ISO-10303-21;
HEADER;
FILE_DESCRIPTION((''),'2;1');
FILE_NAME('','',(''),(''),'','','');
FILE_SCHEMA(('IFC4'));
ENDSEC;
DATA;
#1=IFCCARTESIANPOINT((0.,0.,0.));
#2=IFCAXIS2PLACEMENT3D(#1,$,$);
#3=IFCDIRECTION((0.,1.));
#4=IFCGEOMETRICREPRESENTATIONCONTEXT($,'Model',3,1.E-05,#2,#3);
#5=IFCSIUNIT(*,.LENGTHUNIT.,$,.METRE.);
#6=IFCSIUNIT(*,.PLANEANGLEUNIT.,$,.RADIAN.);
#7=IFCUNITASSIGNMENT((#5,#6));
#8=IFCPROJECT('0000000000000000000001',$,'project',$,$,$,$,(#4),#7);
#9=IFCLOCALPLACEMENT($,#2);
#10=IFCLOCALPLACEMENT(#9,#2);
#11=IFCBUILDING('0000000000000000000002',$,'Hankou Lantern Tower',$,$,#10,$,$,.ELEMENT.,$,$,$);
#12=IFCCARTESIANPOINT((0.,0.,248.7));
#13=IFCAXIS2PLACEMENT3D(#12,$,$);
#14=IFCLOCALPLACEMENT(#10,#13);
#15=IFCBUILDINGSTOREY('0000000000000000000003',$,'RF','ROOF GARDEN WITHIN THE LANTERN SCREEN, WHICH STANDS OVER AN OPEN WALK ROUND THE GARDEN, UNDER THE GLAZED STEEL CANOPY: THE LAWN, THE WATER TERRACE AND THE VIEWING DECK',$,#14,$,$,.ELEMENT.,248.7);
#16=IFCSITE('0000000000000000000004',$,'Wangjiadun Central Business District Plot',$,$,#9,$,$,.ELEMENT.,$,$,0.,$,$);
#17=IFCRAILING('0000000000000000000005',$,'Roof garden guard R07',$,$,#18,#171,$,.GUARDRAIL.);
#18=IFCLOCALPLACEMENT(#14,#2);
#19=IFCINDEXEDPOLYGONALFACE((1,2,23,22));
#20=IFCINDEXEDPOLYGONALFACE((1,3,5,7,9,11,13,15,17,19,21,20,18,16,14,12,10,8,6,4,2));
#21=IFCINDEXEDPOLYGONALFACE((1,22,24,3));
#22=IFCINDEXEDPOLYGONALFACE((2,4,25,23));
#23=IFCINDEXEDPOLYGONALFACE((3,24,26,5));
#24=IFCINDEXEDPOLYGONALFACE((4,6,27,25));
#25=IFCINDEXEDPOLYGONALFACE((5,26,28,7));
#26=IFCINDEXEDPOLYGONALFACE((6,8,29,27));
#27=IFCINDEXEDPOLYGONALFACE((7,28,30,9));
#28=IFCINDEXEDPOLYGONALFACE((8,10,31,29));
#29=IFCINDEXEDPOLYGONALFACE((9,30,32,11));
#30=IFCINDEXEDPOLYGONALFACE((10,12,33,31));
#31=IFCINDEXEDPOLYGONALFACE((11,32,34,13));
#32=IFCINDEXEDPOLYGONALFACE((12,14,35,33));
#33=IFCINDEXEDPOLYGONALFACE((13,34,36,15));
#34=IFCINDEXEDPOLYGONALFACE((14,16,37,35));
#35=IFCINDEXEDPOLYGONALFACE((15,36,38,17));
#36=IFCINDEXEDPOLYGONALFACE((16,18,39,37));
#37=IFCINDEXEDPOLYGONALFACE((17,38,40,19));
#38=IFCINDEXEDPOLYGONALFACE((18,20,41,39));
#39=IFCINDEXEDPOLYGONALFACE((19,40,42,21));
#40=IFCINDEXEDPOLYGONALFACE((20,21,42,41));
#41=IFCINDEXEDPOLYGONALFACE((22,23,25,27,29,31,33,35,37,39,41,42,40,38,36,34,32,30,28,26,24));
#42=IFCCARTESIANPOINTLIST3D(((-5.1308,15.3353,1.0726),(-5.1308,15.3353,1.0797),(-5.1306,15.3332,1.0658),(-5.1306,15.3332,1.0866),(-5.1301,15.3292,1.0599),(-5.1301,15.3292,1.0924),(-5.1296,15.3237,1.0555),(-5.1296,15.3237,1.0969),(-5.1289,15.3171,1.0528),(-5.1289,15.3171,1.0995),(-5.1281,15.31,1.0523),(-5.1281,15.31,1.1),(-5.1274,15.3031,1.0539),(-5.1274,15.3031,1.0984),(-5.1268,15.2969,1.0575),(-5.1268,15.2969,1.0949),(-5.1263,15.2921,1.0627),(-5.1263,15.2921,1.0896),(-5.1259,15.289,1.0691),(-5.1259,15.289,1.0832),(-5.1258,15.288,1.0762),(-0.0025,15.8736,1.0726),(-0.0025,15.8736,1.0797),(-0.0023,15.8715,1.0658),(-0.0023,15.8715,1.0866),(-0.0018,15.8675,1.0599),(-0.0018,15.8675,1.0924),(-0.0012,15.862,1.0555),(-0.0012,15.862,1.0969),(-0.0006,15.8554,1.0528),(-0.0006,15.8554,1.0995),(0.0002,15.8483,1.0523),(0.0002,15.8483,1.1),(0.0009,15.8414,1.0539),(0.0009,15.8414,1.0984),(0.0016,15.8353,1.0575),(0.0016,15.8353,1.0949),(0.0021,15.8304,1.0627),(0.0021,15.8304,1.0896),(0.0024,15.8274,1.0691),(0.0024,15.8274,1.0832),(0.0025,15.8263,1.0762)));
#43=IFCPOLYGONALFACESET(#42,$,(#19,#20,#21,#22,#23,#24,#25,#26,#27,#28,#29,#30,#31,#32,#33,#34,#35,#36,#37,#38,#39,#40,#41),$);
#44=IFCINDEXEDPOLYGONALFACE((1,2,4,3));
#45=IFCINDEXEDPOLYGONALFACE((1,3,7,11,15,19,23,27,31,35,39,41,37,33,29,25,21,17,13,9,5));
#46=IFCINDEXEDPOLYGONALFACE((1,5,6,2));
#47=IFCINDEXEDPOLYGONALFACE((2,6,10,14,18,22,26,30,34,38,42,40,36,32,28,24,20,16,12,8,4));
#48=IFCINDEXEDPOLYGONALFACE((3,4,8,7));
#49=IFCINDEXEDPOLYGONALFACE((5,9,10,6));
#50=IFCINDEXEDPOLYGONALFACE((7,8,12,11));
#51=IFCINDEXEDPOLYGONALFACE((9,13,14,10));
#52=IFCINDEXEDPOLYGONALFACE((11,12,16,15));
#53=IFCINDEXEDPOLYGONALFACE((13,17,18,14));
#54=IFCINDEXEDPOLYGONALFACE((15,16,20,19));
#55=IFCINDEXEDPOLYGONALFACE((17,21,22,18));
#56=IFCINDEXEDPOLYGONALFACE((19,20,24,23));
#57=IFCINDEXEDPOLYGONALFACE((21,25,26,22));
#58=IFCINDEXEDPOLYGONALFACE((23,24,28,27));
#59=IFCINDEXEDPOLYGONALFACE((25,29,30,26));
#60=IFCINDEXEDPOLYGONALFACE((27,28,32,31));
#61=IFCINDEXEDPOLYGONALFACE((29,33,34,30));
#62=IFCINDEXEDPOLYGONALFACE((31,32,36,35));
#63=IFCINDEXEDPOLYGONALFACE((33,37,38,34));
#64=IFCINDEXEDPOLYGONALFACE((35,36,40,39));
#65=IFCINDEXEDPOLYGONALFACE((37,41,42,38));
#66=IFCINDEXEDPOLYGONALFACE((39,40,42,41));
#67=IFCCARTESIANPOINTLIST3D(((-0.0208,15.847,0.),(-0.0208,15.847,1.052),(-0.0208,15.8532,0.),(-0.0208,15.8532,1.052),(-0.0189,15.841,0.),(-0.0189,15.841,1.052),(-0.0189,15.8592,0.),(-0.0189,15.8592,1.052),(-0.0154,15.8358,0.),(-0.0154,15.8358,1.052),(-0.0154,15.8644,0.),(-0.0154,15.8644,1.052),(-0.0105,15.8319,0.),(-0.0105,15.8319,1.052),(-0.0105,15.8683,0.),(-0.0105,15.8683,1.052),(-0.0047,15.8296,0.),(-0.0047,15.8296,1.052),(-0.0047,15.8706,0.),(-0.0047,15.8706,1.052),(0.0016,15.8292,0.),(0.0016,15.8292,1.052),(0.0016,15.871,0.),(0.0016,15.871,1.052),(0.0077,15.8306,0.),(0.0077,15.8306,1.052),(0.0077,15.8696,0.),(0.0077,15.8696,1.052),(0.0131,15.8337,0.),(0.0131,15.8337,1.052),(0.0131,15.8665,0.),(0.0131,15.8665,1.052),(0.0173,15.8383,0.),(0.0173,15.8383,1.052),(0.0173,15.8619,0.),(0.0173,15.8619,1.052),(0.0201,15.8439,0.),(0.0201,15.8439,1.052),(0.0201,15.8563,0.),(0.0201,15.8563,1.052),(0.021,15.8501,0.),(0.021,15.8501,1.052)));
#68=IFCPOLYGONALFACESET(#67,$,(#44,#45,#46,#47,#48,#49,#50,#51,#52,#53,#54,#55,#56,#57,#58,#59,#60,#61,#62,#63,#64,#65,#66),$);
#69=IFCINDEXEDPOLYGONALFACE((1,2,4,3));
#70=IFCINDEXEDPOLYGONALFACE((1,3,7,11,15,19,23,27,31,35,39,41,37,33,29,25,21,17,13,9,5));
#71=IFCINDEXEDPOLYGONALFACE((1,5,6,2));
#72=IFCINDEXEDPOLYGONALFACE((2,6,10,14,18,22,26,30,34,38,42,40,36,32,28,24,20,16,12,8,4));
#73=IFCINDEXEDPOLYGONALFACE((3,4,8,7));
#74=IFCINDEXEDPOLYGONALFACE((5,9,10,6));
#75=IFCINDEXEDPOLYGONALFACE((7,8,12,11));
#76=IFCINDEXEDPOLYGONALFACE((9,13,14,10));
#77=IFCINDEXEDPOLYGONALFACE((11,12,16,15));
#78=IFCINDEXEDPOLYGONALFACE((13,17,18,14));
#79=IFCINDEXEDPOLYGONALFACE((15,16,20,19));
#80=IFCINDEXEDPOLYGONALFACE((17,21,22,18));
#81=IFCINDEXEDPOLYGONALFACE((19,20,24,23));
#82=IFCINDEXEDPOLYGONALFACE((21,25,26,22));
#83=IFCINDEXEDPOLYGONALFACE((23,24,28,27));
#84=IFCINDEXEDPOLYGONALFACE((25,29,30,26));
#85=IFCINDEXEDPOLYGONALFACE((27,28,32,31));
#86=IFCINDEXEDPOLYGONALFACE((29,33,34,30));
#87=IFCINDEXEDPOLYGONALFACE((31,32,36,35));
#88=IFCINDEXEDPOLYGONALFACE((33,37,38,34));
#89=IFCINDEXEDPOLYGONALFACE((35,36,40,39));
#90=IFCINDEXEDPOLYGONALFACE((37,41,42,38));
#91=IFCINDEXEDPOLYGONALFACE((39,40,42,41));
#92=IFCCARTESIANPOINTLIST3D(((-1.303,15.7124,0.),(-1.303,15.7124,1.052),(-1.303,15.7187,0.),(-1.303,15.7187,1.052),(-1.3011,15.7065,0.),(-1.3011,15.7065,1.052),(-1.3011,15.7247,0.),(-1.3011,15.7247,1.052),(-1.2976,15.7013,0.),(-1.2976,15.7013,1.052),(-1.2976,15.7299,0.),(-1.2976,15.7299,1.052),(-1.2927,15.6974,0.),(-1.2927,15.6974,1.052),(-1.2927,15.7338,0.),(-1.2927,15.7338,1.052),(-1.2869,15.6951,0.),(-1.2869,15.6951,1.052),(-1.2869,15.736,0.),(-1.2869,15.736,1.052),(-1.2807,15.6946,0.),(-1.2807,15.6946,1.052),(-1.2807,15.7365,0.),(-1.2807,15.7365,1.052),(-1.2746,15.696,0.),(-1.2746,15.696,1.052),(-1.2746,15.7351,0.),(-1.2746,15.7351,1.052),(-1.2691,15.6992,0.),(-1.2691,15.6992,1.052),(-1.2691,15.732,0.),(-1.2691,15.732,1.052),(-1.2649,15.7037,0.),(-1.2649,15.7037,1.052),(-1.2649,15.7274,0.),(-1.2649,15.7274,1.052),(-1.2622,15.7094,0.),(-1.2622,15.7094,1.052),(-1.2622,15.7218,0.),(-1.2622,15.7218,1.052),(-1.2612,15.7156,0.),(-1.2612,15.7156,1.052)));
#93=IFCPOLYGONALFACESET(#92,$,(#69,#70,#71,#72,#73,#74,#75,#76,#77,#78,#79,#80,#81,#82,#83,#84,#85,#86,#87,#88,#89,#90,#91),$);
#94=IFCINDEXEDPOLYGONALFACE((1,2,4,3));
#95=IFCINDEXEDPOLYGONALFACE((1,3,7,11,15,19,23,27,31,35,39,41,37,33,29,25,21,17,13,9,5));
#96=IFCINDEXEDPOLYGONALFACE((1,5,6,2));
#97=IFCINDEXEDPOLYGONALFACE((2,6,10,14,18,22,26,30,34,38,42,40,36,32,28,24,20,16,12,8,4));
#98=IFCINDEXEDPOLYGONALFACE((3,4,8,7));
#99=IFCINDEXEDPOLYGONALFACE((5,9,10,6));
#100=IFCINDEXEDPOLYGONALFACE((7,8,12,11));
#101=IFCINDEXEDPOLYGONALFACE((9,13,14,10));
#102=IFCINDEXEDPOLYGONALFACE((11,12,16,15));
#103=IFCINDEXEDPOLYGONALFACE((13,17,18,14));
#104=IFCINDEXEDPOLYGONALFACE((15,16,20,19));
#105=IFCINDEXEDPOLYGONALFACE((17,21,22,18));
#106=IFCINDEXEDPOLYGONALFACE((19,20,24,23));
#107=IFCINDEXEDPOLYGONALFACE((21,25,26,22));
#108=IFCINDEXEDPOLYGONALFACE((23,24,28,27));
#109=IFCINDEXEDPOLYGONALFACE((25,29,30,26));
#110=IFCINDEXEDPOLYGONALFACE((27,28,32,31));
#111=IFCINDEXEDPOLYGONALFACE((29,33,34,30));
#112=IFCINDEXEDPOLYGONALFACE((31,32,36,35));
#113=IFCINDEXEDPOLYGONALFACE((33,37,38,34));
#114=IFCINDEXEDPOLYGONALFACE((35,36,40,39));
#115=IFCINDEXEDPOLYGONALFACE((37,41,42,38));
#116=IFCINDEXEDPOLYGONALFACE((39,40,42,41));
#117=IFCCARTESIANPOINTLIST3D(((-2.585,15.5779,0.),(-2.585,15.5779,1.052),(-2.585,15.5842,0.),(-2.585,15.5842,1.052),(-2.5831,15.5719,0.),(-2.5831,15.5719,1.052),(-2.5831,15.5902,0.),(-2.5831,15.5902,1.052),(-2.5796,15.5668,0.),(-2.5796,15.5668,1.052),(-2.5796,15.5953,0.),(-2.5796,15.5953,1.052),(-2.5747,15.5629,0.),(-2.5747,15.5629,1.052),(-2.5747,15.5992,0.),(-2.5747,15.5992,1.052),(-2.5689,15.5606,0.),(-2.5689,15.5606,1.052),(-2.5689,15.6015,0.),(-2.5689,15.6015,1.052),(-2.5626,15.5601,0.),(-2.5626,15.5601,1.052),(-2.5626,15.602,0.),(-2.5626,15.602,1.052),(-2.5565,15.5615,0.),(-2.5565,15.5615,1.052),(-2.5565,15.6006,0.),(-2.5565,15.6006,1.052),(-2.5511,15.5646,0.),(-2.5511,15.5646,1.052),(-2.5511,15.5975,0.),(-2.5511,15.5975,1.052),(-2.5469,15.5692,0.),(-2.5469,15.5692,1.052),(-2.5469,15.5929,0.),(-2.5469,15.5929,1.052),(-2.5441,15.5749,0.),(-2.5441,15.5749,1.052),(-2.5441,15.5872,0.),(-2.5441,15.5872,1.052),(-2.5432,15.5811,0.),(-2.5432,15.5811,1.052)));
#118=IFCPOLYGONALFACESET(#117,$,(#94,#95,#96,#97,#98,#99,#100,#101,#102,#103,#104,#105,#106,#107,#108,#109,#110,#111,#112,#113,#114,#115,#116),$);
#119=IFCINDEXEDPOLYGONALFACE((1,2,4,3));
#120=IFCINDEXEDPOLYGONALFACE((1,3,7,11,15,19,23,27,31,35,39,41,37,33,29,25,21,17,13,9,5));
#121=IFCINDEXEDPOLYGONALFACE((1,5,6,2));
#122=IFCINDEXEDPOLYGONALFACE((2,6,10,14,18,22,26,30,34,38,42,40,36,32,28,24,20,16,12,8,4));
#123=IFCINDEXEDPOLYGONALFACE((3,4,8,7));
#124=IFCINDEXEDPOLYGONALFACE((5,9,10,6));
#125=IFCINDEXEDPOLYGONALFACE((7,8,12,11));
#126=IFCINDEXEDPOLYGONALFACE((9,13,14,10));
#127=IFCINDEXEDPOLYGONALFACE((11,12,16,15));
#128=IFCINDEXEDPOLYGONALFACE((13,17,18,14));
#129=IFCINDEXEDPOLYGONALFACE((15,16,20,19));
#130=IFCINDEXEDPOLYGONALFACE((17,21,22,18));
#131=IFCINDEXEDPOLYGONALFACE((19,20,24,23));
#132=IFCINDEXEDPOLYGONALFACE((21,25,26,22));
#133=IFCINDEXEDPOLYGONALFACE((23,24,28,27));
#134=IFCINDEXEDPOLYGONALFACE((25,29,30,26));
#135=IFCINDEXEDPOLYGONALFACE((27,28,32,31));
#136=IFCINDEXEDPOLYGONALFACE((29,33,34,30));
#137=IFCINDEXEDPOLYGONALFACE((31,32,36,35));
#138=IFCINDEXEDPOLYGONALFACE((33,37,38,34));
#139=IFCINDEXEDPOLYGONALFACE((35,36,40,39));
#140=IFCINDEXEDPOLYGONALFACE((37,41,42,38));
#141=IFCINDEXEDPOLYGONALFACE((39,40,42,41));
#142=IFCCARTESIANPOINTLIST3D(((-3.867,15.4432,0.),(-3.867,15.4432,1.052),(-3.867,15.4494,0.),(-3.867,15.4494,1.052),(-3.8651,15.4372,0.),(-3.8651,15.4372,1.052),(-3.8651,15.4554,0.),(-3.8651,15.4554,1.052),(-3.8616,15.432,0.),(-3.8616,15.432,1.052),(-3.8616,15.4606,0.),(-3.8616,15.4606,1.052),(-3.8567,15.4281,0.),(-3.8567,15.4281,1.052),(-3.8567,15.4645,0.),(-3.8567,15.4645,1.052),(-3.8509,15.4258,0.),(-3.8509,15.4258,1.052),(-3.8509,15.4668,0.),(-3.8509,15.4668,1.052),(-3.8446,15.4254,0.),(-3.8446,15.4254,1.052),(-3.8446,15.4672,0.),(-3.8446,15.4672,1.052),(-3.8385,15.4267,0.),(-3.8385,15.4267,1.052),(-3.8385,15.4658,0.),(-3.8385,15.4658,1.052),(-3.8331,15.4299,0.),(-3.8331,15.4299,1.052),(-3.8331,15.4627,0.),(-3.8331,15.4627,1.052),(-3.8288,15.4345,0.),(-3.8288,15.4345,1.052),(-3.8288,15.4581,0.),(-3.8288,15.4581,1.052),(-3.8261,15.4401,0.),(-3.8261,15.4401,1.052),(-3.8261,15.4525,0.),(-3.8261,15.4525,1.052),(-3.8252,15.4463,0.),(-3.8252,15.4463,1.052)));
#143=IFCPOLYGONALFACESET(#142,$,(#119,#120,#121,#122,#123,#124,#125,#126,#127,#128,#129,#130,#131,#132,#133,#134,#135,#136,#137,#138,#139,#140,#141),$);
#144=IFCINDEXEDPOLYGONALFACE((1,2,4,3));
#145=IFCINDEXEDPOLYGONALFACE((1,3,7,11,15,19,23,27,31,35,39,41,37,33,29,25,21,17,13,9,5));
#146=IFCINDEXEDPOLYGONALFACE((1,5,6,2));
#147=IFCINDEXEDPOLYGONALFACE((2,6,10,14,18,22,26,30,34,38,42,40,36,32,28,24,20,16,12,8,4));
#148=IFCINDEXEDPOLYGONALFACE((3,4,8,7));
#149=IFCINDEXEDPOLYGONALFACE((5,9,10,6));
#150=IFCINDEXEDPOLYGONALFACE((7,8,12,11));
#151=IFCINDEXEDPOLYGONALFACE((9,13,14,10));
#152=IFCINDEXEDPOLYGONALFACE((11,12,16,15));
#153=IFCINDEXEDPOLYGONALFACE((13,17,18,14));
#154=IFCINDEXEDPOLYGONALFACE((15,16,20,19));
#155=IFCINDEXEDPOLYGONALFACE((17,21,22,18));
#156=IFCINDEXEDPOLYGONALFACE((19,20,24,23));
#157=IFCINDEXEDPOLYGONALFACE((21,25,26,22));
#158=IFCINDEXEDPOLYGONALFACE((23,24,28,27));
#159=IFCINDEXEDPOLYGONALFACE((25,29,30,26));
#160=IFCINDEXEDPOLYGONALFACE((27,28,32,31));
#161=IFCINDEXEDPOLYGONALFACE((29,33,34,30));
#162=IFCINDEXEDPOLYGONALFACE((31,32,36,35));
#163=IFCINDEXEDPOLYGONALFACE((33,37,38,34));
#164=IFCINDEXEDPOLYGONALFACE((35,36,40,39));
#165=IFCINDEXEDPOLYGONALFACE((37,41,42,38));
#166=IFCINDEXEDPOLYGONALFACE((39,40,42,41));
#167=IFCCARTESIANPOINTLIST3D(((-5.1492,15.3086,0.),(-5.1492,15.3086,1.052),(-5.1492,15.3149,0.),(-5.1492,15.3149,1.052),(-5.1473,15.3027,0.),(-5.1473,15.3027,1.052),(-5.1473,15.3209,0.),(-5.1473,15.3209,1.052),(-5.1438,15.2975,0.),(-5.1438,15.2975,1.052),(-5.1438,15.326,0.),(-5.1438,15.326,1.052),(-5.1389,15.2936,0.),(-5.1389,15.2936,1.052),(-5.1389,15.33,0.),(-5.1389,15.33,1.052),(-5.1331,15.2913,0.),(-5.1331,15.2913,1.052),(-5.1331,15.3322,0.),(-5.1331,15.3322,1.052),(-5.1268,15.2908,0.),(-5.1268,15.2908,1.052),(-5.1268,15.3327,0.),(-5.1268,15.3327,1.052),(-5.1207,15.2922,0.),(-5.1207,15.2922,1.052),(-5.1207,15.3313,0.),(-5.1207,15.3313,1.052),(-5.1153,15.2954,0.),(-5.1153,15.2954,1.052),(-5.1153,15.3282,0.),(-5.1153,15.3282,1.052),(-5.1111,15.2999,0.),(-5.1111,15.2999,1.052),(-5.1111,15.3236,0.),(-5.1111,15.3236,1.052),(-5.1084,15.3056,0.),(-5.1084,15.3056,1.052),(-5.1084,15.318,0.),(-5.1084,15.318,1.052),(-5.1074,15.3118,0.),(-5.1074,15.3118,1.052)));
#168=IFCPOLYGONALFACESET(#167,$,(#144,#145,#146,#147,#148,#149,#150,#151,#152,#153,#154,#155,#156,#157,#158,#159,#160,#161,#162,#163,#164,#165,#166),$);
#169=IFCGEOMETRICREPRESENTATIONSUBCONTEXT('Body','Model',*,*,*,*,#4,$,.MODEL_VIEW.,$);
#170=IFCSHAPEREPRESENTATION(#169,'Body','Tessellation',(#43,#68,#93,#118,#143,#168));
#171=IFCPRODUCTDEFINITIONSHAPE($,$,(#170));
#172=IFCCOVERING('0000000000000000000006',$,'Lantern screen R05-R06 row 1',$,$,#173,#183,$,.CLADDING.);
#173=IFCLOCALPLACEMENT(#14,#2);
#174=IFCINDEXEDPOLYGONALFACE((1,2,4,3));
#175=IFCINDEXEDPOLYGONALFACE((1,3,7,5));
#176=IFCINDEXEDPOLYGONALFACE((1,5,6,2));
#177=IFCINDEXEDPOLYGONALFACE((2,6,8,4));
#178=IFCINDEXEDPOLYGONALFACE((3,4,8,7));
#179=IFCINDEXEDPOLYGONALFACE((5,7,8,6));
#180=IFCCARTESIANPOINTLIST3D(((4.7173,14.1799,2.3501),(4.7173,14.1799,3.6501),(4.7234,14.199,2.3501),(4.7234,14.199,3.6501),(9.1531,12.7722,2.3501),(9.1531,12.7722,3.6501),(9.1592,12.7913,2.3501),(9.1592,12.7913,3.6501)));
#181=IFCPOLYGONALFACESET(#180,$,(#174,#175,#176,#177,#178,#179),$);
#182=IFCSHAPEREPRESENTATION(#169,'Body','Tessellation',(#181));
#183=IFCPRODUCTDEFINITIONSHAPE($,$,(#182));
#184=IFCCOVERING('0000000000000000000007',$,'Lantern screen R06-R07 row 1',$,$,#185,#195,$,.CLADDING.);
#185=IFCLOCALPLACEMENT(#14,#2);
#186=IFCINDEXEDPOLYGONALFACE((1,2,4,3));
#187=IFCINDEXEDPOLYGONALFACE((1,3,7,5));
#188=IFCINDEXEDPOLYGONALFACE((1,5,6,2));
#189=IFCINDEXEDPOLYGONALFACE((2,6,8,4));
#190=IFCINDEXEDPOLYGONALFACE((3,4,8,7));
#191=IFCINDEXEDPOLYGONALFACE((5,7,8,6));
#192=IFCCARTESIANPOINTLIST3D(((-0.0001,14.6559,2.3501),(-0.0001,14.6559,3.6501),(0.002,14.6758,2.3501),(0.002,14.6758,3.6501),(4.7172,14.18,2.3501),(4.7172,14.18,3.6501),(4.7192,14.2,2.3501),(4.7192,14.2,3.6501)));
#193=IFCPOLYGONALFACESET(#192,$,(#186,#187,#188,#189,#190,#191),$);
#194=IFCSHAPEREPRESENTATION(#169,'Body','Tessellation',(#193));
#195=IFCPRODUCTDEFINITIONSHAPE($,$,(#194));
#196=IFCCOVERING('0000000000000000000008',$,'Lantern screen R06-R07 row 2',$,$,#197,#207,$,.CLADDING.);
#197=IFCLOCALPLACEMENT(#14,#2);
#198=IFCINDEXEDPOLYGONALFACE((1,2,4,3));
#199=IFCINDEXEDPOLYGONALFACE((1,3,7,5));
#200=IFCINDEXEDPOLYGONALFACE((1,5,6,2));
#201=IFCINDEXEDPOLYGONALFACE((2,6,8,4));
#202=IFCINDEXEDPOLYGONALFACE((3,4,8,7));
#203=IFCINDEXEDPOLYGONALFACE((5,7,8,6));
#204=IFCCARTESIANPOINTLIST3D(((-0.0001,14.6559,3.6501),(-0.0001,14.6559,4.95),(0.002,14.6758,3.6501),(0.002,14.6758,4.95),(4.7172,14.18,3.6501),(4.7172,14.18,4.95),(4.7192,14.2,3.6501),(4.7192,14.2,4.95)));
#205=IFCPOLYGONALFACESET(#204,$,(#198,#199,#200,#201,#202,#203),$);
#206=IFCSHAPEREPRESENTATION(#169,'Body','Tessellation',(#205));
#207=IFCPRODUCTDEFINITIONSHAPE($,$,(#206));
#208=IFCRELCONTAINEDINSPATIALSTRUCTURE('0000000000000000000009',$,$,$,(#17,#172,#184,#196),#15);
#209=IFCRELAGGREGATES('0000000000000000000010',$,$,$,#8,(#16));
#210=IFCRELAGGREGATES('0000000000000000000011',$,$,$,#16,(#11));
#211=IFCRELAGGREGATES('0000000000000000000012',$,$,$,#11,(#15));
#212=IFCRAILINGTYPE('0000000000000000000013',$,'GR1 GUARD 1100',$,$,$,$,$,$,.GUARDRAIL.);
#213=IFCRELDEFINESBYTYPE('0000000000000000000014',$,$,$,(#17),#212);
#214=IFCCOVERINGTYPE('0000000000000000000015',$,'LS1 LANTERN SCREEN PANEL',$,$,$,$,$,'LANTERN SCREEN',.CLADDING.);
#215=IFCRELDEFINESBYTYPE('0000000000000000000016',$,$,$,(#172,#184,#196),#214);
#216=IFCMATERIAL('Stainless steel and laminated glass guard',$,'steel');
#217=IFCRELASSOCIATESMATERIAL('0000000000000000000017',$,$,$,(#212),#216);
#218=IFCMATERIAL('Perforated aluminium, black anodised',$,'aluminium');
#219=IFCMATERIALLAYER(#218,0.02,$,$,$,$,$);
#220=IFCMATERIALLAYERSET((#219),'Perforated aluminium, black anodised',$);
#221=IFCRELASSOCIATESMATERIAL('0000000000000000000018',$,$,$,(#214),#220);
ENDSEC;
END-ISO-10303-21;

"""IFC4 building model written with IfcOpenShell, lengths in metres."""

from ifc_helpers import new_model, si_unit, direction, frame, origin, origin_2d, place, context, subcontext, project, spatial, polyline, circle, outline, extrude, material, layer, layer_set, type_object, element, save


model = new_model("IFC4")

# Units and contexts
model_context = context("Model", 3, precision=1e-05, world=origin(), true_north=direction((0.0, 1.0)))
body_context = subcontext(model_context, "Body", "Model", "MODEL_VIEW")
ifc_project = project(units=[si_unit("LENGTHUNIT", "METRE"), si_unit("PLANEANGLEUNIT", "RADIAN")], contexts=[model_context])

# Site, building, storey
site_placement = place(None, origin())
site = spatial("IfcSite", under=ifc_project, at=site_placement, Name="Wangjiadun Central Business District Plot", CompositionType="ELEMENT", RefElevation=0.0)
building_placement = place(site_placement, origin())
building = spatial("IfcBuilding", under=site, at=building_placement, Name="Hankou Lantern Tower", CompositionType="ELEMENT")
storey_placement = place(building_placement, frame((0.0, 0.0, 248.7)))
storey = spatial("IfcBuildingStorey", under=building, at=storey_placement, Name="RF", Description="ROOF GARDEN WITHIN THE LANTERN SCREEN, WHICH STANDS OVER AN OPEN WALK ROUND THE GARDEN, UNDER THE GLAZED STEEL CANOPY: THE LAWN, THE WATER TERRACE AND THE VIEWING DECK", CompositionType="ELEMENT", Elevation=248.7)

# Railing
ifc_material_1 = material(Name="Stainless steel and laminated glass guard", Category="steel")
railing_type = type_object("IfcRailingType", Name="GR1 GUARD 1100", PredefinedType="GUARDRAIL", material=ifc_material_1)
railing_1_placement = place(storey_placement, frame((0.0, 15.8501, 0.0)))
element("IfcRailing", 1, at=railing_1_placement, inside=storey, type_object=railing_type, Name="Roof garden guard R07", PredefinedType="GUARDRAIL", context=body_context, shape_type="SweptSolid", body=[
    extrude(circle(Radius=0.0239, at=origin_2d()), frame((0.0, 0.0, 1.0762), z_axis=(-0.994536, -0.104396, 0.0), x_axis=(0.104396, -0.994536, 0.0)), (0.0, 0.0, 1.0), 5.1565),
    extrude(circle(Radius=0.021, at=origin_2d()), origin(), (0.0, 0.0, 1.0), 1.052),
    extrude(circle(Radius=0.021, at=origin_2d()), frame((-1.2822, -0.1345, 0.0)), (0.0, 0.0, 1.0), 1.052),
    extrude(circle(Radius=0.021, at=origin_2d()), frame((-2.5642, -0.269, 0.0)), (0.0, 0.0, 1.0), 1.052),
    extrude(circle(Radius=0.021, at=origin_2d()), frame((-3.8462, -0.4038, 0.0)), (0.0, 0.0, 1.0), 1.052),
    extrude(circle(Radius=0.021, at=origin_2d()), frame((-5.1284, -0.5383, 0.0)), (0.0, 0.0, 1.0), 1.052),
])

# Coverings
ifc_material_2 = material(Name="Perforated aluminium, black anodised", Category="aluminium")
ifc_layer_1 = layer(ifc_material_2, 0.02)
ifc_layer_set_1 = layer_set([ifc_layer_1], Name="Perforated aluminium, black anodised")
covering_type = type_object("IfcCoveringType", Name="LS1 LANTERN SCREEN PANEL", ElementType="LANTERN SCREEN", PredefinedType="CLADDING", material=ifc_layer_set_1)
covering_1_placement = place(storey_placement, frame((9.1592, 12.7913, 2.3501), z_axis=(0.302487, 0.953154, 0.0), x_axis=(-0.953154, 0.302487, 0.0)))
element("IfcCovering", 2, at=covering_1_placement, inside=storey, type_object=covering_type, Name="Lantern screen R05-R06 row 1", PredefinedType="CLADDING", context=body_context, shape_type="SweptSolid", body=[
    extrude(outline(polyline([(0.0, 0.0), (4.6538, 0.0), (4.6538, 1.3), (0.0, 1.3), (0.0, 0.0)])), origin(), (0.0, 0.0, -1.0), 0.02),
])
covering_2_placement = place(storey_placement, frame((4.7192, 14.2, 2.3501), z_axis=(0.10036, 0.994951, 0.0), x_axis=(-0.994951, 0.10036, 0.0)))
element("IfcCovering", 3, at=covering_2_placement, inside=storey, type_object=covering_type, Name="Lantern screen R06-R07 row 1", PredefinedType="CLADDING", context=body_context, shape_type="SweptSolid", body=[
    extrude(outline(polyline([(0.0, 0.0), (4.7412, 0.0), (4.7412, 1.3), (0.0, 1.3), (0.0, 0.0)])), origin(), (0.0, 0.0, -1.0), 0.02),
])
covering_3_placement = place(storey_placement, frame((4.7192, 14.2, 3.6501), z_axis=(0.10036, 0.994951, 0.0), x_axis=(-0.994951, 0.10036, 0.0)))
element("IfcCovering", 4, at=covering_3_placement, inside=storey, type_object=covering_type, Name="Lantern screen R06-R07 row 2", PredefinedType="CLADDING", context=body_context, shape_type="SweptSolid", body=[
    extrude(outline(polyline([(0.0, 0.0), (4.7412, 0.0), (4.7412, 1.2998), (0.0, 1.2998), (0.0, 0.0)])), origin(), (0.0, 0.0, -1.0), 0.02),
])

save(model, "model.ifc")
